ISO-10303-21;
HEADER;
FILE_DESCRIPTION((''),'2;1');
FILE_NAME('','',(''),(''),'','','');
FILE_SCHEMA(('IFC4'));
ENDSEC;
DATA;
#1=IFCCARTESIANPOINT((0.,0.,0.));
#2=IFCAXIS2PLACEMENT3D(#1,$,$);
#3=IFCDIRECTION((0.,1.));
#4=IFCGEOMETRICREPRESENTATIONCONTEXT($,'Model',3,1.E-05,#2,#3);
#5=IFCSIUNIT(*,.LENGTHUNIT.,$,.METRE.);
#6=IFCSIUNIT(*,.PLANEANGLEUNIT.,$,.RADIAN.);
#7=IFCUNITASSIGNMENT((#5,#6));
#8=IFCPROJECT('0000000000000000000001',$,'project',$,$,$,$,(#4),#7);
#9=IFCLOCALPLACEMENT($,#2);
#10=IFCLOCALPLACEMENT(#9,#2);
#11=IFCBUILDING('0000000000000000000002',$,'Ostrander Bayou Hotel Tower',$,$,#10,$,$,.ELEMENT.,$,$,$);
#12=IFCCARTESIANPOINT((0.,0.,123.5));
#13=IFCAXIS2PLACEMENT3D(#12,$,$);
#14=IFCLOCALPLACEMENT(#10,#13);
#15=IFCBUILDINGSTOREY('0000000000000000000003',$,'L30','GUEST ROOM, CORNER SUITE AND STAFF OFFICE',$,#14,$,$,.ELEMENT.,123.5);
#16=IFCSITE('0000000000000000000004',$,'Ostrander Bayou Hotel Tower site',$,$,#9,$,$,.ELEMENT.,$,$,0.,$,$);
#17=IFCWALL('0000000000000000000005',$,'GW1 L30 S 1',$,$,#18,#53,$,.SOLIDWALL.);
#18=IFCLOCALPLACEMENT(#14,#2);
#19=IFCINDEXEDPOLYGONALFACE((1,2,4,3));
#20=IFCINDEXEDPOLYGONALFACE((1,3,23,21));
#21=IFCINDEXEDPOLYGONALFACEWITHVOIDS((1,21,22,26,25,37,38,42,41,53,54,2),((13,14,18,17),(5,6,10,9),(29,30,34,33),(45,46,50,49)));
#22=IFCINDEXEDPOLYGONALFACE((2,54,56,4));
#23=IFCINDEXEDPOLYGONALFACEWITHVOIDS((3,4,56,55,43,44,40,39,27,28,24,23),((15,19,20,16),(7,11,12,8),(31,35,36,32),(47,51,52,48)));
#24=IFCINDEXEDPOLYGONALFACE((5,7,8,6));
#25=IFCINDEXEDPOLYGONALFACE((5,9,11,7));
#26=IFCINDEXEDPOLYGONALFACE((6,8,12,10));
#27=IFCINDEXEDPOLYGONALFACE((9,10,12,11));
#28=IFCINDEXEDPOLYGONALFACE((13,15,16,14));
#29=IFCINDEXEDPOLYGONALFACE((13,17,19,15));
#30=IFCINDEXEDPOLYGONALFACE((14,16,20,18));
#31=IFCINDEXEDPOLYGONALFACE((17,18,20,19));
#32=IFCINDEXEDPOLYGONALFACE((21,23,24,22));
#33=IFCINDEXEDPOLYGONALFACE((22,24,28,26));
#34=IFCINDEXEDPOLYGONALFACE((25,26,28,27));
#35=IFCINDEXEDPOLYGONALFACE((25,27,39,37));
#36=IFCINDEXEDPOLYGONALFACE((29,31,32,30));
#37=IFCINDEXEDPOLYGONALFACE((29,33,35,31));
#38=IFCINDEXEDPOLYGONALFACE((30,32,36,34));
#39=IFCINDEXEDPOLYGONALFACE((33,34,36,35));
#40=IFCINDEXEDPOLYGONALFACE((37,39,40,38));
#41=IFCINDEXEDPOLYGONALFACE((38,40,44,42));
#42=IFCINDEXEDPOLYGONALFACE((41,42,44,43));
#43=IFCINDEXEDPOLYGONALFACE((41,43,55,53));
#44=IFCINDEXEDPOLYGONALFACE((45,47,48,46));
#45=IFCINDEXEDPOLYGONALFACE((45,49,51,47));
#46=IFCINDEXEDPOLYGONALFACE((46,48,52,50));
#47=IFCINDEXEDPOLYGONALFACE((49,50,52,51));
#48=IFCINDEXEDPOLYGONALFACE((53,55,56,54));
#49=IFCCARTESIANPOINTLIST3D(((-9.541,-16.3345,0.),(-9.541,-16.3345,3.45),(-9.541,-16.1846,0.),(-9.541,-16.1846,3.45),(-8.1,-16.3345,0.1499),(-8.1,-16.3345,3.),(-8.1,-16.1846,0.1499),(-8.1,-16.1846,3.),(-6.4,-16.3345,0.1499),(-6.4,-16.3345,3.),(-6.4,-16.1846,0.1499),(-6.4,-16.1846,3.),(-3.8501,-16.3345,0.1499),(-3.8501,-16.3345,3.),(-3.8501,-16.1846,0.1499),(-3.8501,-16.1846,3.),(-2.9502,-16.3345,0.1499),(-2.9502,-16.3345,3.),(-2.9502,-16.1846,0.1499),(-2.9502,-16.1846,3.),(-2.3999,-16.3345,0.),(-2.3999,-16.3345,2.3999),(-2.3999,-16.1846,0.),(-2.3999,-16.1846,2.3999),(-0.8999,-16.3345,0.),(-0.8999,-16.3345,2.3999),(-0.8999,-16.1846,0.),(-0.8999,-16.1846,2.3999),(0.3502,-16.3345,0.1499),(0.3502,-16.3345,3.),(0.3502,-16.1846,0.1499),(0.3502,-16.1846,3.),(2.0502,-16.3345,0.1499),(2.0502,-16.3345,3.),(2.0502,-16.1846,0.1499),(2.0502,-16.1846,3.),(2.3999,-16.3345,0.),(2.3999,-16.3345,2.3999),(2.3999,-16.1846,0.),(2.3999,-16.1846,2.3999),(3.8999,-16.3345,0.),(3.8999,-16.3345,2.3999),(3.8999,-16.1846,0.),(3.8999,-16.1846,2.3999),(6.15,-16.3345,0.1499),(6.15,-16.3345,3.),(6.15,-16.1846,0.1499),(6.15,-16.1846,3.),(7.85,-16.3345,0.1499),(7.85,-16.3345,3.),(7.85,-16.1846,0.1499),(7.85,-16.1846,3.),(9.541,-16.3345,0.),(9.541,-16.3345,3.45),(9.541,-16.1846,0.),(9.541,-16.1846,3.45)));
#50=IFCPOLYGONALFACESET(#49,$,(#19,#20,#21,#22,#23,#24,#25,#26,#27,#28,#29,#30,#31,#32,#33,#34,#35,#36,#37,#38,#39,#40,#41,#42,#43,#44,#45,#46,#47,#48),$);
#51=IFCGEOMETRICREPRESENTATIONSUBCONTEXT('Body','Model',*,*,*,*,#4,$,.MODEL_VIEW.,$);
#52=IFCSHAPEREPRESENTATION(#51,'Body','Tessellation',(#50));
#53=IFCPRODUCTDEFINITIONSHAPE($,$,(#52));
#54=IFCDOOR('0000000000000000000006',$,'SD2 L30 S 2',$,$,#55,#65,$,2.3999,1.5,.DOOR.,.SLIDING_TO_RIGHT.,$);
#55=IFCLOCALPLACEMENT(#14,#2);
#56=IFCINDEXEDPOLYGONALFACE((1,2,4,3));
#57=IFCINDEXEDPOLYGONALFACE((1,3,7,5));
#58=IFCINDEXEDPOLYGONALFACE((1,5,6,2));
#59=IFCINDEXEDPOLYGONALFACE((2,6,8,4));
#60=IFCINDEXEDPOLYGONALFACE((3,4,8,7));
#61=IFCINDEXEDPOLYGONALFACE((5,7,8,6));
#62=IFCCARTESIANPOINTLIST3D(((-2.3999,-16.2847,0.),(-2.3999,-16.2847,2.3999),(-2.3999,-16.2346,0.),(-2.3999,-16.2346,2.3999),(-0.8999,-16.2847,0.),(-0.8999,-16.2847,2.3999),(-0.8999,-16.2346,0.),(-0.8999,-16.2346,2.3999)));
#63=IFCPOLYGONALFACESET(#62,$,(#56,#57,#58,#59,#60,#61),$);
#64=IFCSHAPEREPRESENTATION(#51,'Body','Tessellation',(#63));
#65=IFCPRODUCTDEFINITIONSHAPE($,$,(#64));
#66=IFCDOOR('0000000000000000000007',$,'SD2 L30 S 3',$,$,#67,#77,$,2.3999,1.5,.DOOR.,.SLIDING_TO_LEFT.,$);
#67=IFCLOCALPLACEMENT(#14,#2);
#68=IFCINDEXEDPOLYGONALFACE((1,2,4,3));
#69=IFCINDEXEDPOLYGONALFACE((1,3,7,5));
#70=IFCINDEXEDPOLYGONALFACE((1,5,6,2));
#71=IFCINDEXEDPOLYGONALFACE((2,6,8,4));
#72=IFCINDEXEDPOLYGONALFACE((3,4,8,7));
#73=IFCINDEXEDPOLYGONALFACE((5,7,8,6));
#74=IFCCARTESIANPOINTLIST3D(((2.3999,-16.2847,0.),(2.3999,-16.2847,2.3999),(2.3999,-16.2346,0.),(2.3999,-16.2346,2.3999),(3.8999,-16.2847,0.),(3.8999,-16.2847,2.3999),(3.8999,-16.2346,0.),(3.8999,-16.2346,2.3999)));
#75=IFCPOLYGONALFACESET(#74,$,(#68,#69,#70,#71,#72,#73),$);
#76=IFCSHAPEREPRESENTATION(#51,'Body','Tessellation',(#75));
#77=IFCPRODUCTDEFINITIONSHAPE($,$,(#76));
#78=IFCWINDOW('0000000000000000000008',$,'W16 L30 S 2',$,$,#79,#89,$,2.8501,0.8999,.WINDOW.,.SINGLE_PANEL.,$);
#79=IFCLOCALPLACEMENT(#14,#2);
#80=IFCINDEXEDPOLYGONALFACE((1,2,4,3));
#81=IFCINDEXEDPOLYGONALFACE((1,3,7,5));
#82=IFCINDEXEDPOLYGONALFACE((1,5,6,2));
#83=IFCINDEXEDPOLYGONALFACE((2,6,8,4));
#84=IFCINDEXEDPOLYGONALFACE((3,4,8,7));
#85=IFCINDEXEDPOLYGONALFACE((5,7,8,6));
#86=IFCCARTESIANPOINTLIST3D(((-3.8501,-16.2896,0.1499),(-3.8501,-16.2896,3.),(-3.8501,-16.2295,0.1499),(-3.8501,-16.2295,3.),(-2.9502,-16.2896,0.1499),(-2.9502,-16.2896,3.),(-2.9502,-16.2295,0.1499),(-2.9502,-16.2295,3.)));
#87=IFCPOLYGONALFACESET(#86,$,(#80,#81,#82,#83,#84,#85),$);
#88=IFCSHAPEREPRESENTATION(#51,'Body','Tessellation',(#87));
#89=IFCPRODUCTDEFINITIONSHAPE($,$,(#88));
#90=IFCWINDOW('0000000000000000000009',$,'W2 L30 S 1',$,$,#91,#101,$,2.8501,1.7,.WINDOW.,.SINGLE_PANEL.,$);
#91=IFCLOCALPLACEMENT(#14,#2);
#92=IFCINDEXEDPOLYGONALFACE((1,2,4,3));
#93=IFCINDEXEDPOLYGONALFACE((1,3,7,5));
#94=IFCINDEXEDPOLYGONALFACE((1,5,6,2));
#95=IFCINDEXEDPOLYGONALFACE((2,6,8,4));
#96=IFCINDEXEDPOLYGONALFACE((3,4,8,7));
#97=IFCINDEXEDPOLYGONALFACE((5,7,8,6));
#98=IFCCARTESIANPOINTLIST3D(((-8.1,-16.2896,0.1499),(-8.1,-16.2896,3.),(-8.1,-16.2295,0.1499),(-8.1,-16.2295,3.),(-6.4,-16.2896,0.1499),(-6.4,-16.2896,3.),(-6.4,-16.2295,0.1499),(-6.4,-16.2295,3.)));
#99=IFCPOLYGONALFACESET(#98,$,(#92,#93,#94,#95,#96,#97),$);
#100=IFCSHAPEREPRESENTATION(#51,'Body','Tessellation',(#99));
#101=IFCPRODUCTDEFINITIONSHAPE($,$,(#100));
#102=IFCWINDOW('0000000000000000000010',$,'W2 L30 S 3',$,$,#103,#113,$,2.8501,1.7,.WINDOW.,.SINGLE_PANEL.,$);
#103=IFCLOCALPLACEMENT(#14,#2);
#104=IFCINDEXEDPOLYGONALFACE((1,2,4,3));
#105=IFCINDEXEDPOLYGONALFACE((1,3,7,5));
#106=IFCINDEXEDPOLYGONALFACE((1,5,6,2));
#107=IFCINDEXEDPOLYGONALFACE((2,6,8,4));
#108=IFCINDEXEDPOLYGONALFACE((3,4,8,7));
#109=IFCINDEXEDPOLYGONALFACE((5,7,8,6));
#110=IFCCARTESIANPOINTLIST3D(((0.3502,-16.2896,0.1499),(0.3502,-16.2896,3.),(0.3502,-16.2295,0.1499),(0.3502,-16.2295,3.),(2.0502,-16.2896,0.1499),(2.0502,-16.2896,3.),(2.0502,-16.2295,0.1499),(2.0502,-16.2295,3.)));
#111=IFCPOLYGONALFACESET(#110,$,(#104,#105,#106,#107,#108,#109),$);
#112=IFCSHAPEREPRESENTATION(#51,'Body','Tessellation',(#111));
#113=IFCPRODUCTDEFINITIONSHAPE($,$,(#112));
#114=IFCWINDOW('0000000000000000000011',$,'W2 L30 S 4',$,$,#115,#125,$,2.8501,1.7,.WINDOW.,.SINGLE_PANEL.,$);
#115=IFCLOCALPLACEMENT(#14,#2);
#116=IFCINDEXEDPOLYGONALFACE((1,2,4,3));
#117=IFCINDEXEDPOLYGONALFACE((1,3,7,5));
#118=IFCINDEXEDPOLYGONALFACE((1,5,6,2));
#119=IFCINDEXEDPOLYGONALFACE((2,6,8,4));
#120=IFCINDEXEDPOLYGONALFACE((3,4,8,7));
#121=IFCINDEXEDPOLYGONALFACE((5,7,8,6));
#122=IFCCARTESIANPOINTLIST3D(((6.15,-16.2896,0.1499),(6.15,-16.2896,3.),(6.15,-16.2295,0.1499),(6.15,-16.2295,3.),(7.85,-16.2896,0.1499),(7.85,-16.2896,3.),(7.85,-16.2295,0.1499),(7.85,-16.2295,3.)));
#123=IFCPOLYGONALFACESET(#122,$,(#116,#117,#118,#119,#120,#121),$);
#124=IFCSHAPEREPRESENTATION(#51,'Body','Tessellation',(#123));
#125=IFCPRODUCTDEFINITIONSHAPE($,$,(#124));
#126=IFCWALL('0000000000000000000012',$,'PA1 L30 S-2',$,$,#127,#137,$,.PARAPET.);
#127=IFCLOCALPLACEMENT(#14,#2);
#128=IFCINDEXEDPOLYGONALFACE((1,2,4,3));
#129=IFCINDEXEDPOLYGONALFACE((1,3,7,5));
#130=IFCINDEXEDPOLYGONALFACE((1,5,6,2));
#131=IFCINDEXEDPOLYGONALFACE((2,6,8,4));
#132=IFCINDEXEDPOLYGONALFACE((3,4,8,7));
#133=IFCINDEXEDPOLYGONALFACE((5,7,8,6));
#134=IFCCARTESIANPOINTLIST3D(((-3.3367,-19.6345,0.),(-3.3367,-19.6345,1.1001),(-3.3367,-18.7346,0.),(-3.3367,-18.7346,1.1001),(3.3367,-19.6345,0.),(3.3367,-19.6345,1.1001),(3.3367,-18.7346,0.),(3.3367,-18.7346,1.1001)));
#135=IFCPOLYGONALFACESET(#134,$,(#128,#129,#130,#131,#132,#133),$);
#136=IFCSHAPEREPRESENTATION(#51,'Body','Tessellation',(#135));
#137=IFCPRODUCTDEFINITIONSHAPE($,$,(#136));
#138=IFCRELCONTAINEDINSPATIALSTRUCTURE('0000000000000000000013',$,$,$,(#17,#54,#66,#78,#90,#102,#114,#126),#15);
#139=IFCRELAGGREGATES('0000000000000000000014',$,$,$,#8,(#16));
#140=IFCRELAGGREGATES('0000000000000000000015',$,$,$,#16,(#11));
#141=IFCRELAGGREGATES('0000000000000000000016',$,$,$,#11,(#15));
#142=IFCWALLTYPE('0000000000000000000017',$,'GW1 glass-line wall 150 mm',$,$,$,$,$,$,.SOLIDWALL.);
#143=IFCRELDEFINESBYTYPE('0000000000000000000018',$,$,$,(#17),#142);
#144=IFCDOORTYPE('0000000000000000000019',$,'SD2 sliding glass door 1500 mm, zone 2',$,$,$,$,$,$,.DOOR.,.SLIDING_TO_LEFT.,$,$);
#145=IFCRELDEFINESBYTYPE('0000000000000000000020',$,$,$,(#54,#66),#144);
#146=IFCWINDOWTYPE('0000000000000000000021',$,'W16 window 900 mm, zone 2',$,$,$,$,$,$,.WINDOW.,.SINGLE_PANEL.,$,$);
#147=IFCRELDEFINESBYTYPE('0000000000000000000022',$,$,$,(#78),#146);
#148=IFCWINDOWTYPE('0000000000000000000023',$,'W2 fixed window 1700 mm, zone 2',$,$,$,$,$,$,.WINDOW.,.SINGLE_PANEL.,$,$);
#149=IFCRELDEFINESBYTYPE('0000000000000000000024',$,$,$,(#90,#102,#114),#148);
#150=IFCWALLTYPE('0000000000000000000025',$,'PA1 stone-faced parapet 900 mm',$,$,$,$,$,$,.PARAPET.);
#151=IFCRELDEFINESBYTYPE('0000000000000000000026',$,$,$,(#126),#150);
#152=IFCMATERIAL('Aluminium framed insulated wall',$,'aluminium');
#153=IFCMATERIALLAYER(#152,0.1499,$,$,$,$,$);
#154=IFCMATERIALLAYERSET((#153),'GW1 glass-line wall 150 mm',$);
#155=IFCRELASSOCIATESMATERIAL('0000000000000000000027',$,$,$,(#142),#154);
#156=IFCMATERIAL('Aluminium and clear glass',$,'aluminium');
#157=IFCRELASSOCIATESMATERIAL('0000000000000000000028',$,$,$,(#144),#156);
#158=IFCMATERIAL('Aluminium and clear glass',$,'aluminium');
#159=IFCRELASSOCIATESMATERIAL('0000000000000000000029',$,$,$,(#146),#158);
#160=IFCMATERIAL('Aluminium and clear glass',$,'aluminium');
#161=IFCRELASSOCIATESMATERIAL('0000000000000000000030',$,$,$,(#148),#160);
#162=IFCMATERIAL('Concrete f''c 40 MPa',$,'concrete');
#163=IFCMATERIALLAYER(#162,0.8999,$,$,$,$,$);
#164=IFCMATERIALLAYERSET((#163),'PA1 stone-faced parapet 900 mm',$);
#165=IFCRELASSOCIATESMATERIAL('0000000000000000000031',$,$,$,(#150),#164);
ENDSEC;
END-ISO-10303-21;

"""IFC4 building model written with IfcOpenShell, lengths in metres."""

from ifc_helpers import new_model, si_unit, direction, frame, frame_2d, origin, place, context, subcontext, project, spatial, rectangle, extrude, material, layer, layer_set, type_object, element, fill, save


model = new_model("IFC4")

# Units and contexts
model_context = context("Model", 3, precision=1e-05, world=origin(), true_north=direction((0.0, 1.0)))
body_context = subcontext(model_context, "Body", "Model", "MODEL_VIEW")
ifc_project = project(units=[si_unit("LENGTHUNIT", "METRE"), si_unit("PLANEANGLEUNIT", "RADIAN")], contexts=[model_context])

# Site, building, storey
site_placement = place(None, origin())
site = spatial("IfcSite", under=ifc_project, at=site_placement, Name="Ostrander Bayou Hotel Tower site", CompositionType="ELEMENT", RefElevation=0.0)
building_placement = place(site_placement, origin())
building = spatial("IfcBuilding", under=site, at=building_placement, Name="Ostrander Bayou Hotel Tower", CompositionType="ELEMENT")
storey_placement = place(building_placement, frame((0.0, 0.0, 123.5)))
storey = spatial("IfcBuildingStorey", under=building, at=storey_placement, Name="L30", Description="GUEST ROOM, CORNER SUITE AND STAFF OFFICE", CompositionType="ELEMENT", Elevation=123.5)

# Wall, openings, doors, windows
ifc_material_1 = material(Name="Aluminium framed insulated wall", Category="aluminium")
ifc_layer_1 = layer(ifc_material_1, 0.1499)
ifc_layer_set_1 = layer_set([ifc_layer_1], Name="GW1 glass-line wall 150 mm")
wall_type_1 = type_object("IfcWallType", Name="GW1 glass-line wall 150 mm", PredefinedType="SOLIDWALL", material=ifc_layer_set_1)
wall_1_placement = place(storey_placement, frame((-9.541, -16.2595, 0.0), z_axis=(0.0, 0.0, 1.0), x_axis=(1.0, 0.0, 0.0)))
wall_1 = element("IfcWall", 1, at=wall_1_placement, inside=storey, type_object=wall_type_1, Name="GW1 L30 S 1", PredefinedType="SOLIDWALL", context=body_context, shape_type="SweptSolid", body=[
    extrude(rectangle(XDim=19.082, YDim=0.1499, at=frame_2d((9.541, 0.0))), origin(), (0.0, 0.0, 1.0), 3.45),
])
opening_1_placement = place(wall_1_placement, frame((1.4409, 0.0, 0.1499)))
opening_1 = element("IfcOpeningElement", 2, at=opening_1_placement, cuts=wall_1, PredefinedType="OPENING", context=body_context, shape_type="SweptSolid", body=[
    extrude(rectangle(XDim=1.7, YDim=2.8501, at=frame_2d((0.8501, 1.425))), frame((0.0, 0.075, 0.0), z_axis=(0.0, -1.0, 0.0), x_axis=(1.0, 0.0, 0.0)), (0.0, 0.0, 1.0), 0.1499),
])
opening_2_placement = place(wall_1_placement, frame((5.6909, 0.0, 0.1499)))
opening_2 = element("IfcOpeningElement", 3, at=opening_2_placement, cuts=wall_1, PredefinedType="OPENING", context=body_context, shape_type="SweptSolid", body=[
    extrude(rectangle(XDim=0.8999, YDim=2.8501, at=frame_2d((0.45, 1.425))), frame((0.0, 0.075, 0.0), z_axis=(0.0, -1.0, 0.0), x_axis=(1.0, 0.0, 0.0)), (0.0, 0.0, 1.0), 0.1499),
])
opening_3_placement = place(wall_1_placement, frame((7.1411, 0.0, 0.0)))
opening_3 = element("IfcOpeningElement", 4, at=opening_3_placement, cuts=wall_1, PredefinedType="OPENING", context=body_context, shape_type="SweptSolid", body=[
    extrude(rectangle(XDim=1.5, YDim=2.3999, at=frame_2d((0.75, 1.2))), frame((0.0, 0.075, 0.0), z_axis=(0.0, -1.0, 0.0), x_axis=(1.0, 0.0, 0.0)), (0.0, 0.0, 1.0), 0.1499),
])
opening_4_placement = place(wall_1_placement, frame((9.8911, 0.0, 0.1499)))
opening_4 = element("IfcOpeningElement", 5, at=opening_4_placement, cuts=wall_1, PredefinedType="OPENING", context=body_context, shape_type="SweptSolid", body=[
    extrude(rectangle(XDim=1.7, YDim=2.8501, at=frame_2d((0.8501, 1.425))), frame((0.0, 0.075, 0.0), z_axis=(0.0, -1.0, 0.0), x_axis=(1.0, 0.0, 0.0)), (0.0, 0.0, 1.0), 0.1499),
])
opening_5_placement = place(wall_1_placement, frame((11.9409, 0.0, 0.0)))
opening_5 = element("IfcOpeningElement", 6, at=opening_5_placement, cuts=wall_1, PredefinedType="OPENING", context=body_context, shape_type="SweptSolid", body=[
    extrude(rectangle(XDim=1.5, YDim=2.3999, at=frame_2d((0.75, 1.2))), frame((0.0, 0.075, 0.0), z_axis=(0.0, -1.0, 0.0), x_axis=(1.0, 0.0, 0.0)), (0.0, 0.0, 1.0), 0.1499),
])
opening_6_placement = place(wall_1_placement, frame((15.6909, 0.0, 0.1499)))
opening_6 = element("IfcOpeningElement", 7, at=opening_6_placement, cuts=wall_1, PredefinedType="OPENING", context=body_context, shape_type="SweptSolid", body=[
    extrude(rectangle(XDim=1.7, YDim=2.8501, at=frame_2d((0.8501, 1.425))), frame((0.0, 0.075, 0.0), z_axis=(0.0, -1.0, 0.0), x_axis=(1.0, 0.0, 0.0)), (0.0, 0.0, 1.0), 0.1499),
])
ifc_material_2 = material(Name="Aluminium and clear glass", Category="aluminium")
door_type_1 = type_object("IfcDoorType", Name="SD2 sliding glass door 1500 mm, zone 2", OperationType="SLIDING_TO_LEFT", PredefinedType="DOOR", material=ifc_material_2)
door_1_placement = place(opening_3_placement, origin())
door_1 = element("IfcDoor", 8, at=door_1_placement, inside=storey, type_object=door_type_1, Name="SD2 L30 S 2", OperationType="SLIDING_TO_RIGHT", OverallHeight=2.3999, OverallWidth=1.5, PredefinedType="DOOR", context=body_context, shape_type="SweptSolid", body=[
    extrude(rectangle(XDim=1.5, YDim=2.3999, at=frame_2d((0.75, 1.2))), frame((0.0, 0.0249, 0.0), z_axis=(0.0, -1.0, 0.0), x_axis=(1.0, 0.0, 0.0)), (0.0, 0.0, 1.0), 0.05),
])
fill(opening_3, door_1)
door_2_placement = place(opening_5_placement, origin())
door_2 = element("IfcDoor", 9, at=door_2_placement, inside=storey, type_object=door_type_1, Name="SD2 L30 S 3", OperationType="SLIDING_TO_LEFT", OverallHeight=2.3999, OverallWidth=1.5, PredefinedType="DOOR", context=body_context, shape_type="SweptSolid", body=[
    extrude(rectangle(XDim=1.5, YDim=2.3999, at=frame_2d((0.75, 1.2))), frame((0.0, 0.0249, 0.0), z_axis=(0.0, -1.0, 0.0), x_axis=(1.0, 0.0, 0.0)), (0.0, 0.0, 1.0), 0.05),
])
fill(opening_5, door_2)
ifc_material_3 = material(Name="Aluminium and clear glass", Category="aluminium")
window_type_1 = type_object("IfcWindowType", Name="W16 window 900 mm, zone 2", PartitioningType="SINGLE_PANEL", PredefinedType="WINDOW", material=ifc_material_3)
window_1_placement = place(opening_2_placement, origin())
window_1 = element("IfcWindow", 10, at=window_1_placement, inside=storey, type_object=window_type_1, Name="W16 L30 S 2", OverallHeight=2.8501, OverallWidth=0.8999, PartitioningType="SINGLE_PANEL", PredefinedType="WINDOW", context=body_context, shape_type="SweptSolid", body=[
    extrude(rectangle(XDim=0.8999, YDim=2.8501, at=frame_2d((0.45, 1.425))), frame((0.0, 0.03, 0.0), z_axis=(0.0, -1.0, 0.0), x_axis=(1.0, 0.0, 0.0)), (0.0, 0.0, 1.0), 0.0601),
])
fill(opening_2, window_1)
ifc_material_4 = material(Name="Aluminium and clear glass", Category="aluminium")
window_type_2 = type_object("IfcWindowType", Name="W2 fixed window 1700 mm, zone 2", PartitioningType="SINGLE_PANEL", PredefinedType="WINDOW", material=ifc_material_4)
window_2_placement = place(opening_1_placement, origin())
window_2 = element("IfcWindow", 11, at=window_2_placement, inside=storey, type_object=window_type_2, Name="W2 L30 S 1", OverallHeight=2.8501, OverallWidth=1.7, PartitioningType="SINGLE_PANEL", PredefinedType="WINDOW", context=body_context, shape_type="SweptSolid", body=[
    extrude(rectangle(XDim=1.7, YDim=2.8501, at=frame_2d((0.8501, 1.425))), frame((0.0, 0.03, 0.0), z_axis=(0.0, -1.0, 0.0), x_axis=(1.0, 0.0, 0.0)), (0.0, 0.0, 1.0), 0.0601),
])
fill(opening_1, window_2)
window_3_placement = place(opening_4_placement, origin())
window_3 = element("IfcWindow", 12, at=window_3_placement, inside=storey, type_object=window_type_2, Name="W2 L30 S 3", OverallHeight=2.8501, OverallWidth=1.7, PartitioningType="SINGLE_PANEL", PredefinedType="WINDOW", context=body_context, shape_type="SweptSolid", body=[
    extrude(rectangle(XDim=1.7, YDim=2.8501, at=frame_2d((0.8501, 1.425))), frame((0.0, 0.03, 0.0), z_axis=(0.0, -1.0, 0.0), x_axis=(1.0, 0.0, 0.0)), (0.0, 0.0, 1.0), 0.0601),
])
fill(opening_4, window_3)
window_4_placement = place(opening_6_placement, origin())
window_4 = element("IfcWindow", 13, at=window_4_placement, inside=storey, type_object=window_type_2, Name="W2 L30 S 4", OverallHeight=2.8501, OverallWidth=1.7, PartitioningType="SINGLE_PANEL", PredefinedType="WINDOW", context=body_context, shape_type="SweptSolid", body=[
    extrude(rectangle(XDim=1.7, YDim=2.8501, at=frame_2d((0.8501, 1.425))), frame((0.0, 0.03, 0.0), z_axis=(0.0, -1.0, 0.0), x_axis=(1.0, 0.0, 0.0)), (0.0, 0.0, 1.0), 0.0601),
])
fill(opening_6, window_4)

# Wall
ifc_material_5 = material(Name="Concrete f'c 40 MPa", Category="concrete")
ifc_layer_2 = layer(ifc_material_5, 0.8999)
ifc_layer_set_2 = layer_set([ifc_layer_2], Name="PA1 stone-faced parapet 900 mm")
wall_type_2 = type_object("IfcWallType", Name="PA1 stone-faced parapet 900 mm", PredefinedType="PARAPET", material=ifc_layer_set_2)
wall_2_placement = place(storey_placement, frame((-3.3367, -19.1846, 0.0), z_axis=(0.0, 0.0, 1.0), x_axis=(1.0, 0.0, 0.0)))
element("IfcWall", 14, at=wall_2_placement, inside=storey, type_object=wall_type_2, Name="PA1 L30 S-2", PredefinedType="PARAPET", context=body_context, shape_type="SweptSolid", body=[
    extrude(rectangle(XDim=6.6733, YDim=0.8999, at=frame_2d((3.3367, 0.0))), origin(), (0.0, 0.0, 1.0), 1.1001),
])

save(model, "model.ifc")
